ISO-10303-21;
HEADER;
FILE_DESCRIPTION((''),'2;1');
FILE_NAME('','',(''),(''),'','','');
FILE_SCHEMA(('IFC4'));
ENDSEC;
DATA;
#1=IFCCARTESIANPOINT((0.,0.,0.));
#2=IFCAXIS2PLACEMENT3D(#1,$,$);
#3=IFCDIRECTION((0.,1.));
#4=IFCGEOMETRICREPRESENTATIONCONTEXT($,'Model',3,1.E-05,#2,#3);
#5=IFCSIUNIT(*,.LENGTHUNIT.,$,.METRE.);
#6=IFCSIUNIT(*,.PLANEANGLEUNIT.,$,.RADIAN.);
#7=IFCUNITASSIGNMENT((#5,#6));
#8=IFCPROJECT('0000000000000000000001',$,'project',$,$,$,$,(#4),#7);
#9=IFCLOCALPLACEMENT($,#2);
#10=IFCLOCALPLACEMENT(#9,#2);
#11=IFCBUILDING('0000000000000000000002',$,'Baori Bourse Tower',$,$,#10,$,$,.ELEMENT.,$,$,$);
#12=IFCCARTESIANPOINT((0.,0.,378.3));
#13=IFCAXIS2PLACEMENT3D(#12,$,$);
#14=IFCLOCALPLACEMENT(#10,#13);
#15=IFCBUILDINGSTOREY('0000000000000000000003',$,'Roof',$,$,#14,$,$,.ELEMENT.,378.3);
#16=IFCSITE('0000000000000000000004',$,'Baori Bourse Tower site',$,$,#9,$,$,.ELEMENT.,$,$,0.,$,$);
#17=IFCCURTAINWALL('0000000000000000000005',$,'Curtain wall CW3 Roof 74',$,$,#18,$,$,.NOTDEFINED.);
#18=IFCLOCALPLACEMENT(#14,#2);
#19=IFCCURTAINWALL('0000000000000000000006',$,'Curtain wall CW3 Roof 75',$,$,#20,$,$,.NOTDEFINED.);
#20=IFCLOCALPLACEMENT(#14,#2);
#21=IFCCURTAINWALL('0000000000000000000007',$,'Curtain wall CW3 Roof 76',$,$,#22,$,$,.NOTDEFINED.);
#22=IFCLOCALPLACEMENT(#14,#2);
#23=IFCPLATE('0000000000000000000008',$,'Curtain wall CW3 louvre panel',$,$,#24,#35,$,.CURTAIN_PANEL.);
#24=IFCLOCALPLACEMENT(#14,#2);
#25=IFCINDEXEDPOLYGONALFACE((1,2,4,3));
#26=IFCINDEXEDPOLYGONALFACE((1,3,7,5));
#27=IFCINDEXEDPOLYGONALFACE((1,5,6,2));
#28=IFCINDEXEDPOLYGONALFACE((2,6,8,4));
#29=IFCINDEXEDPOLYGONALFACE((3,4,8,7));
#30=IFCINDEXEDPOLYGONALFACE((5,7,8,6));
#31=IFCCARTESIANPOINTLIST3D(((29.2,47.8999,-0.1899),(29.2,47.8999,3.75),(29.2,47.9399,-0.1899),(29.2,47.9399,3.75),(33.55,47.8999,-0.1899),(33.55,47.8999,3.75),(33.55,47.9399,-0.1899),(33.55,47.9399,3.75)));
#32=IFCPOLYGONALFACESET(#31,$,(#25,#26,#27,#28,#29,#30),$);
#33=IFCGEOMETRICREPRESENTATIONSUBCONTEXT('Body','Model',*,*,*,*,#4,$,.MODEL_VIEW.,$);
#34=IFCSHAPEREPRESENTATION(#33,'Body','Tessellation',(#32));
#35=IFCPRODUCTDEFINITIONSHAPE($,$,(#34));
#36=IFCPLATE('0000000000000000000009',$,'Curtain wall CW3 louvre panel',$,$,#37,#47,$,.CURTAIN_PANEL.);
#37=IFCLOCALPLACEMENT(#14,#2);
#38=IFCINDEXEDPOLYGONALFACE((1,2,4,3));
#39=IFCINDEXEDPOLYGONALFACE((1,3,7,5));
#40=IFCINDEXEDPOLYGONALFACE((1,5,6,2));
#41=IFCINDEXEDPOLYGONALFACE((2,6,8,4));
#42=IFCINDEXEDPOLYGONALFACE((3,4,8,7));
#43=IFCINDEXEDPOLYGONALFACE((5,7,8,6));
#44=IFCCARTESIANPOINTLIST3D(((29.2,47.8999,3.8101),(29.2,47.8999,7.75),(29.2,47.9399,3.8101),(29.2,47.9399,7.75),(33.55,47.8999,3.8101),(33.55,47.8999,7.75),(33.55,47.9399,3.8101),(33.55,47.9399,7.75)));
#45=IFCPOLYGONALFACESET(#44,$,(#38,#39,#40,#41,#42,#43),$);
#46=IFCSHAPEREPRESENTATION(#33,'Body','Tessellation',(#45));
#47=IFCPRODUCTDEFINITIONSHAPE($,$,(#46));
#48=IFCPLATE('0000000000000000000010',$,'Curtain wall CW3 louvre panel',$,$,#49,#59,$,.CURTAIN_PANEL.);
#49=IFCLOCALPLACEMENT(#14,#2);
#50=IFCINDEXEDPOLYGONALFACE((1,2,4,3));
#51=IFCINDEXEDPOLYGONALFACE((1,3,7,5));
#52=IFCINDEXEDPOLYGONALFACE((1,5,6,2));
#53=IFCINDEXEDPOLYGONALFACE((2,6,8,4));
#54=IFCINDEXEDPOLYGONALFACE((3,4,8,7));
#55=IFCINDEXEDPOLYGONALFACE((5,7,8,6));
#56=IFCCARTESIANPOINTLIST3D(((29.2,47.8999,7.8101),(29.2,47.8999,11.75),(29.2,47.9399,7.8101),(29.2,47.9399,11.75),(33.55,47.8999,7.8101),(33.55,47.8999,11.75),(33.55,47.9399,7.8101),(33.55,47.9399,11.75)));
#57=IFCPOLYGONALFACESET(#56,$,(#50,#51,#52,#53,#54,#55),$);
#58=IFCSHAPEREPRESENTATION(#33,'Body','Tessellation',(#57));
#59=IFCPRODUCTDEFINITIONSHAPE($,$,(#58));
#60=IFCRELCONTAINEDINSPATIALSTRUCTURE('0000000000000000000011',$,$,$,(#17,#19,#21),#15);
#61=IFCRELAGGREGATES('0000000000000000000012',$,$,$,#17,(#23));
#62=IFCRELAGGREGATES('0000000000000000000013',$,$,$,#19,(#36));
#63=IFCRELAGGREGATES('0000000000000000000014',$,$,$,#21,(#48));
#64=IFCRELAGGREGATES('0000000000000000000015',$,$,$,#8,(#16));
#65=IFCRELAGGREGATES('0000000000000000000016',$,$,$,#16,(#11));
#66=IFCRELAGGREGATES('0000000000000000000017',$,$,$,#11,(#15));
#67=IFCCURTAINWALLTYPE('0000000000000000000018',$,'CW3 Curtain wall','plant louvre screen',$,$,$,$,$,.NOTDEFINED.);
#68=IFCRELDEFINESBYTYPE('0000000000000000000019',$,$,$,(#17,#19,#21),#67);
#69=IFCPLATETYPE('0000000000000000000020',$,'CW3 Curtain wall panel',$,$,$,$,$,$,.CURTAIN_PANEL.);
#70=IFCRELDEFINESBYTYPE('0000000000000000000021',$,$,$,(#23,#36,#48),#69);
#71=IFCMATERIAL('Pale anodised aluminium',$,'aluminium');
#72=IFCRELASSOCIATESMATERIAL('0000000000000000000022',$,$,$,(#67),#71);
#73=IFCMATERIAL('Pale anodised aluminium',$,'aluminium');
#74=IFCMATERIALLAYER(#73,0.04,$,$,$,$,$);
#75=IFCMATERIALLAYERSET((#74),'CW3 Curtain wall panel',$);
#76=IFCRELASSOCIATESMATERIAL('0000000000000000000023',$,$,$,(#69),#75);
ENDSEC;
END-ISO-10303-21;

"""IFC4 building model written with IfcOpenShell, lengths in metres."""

from ifc_helpers import new_model, si_unit, direction, frame, origin, origin_2d, place, context, subcontext, project, spatial, rectangle, extrude, material, layer, layer_set, type_object, element, aggregate, save


model = new_model("IFC4")

# Units and contexts
model_context = context("Model", 3, precision=1e-05, world=origin(), true_north=direction((0.0, 1.0)))
body_context = subcontext(model_context, "Body", "Model", "MODEL_VIEW")
ifc_project = project(units=[si_unit("LENGTHUNIT", "METRE"), si_unit("PLANEANGLEUNIT", "RADIAN")], contexts=[model_context])

# Site, building, storey
site_placement = place(None, origin())
site = spatial("IfcSite", under=ifc_project, at=site_placement, Name="Baori Bourse Tower site", CompositionType="ELEMENT", RefElevation=0.0)
building_placement = place(site_placement, origin())
building = spatial("IfcBuilding", under=site, at=building_placement, Name="Baori Bourse Tower", CompositionType="ELEMENT")
storey_placement = place(building_placement, frame((0.0, 0.0, 378.3)))
storey = spatial("IfcBuildingStorey", under=building, at=storey_placement, Name="Roof", CompositionType="ELEMENT", Elevation=378.3)

# Curtain walls
ifc_material_1 = material(Name="Pale anodised aluminium", Category="aluminium")
curtain_wall_type = type_object("IfcCurtainWallType", Name="CW3 Curtain wall", Description="plant louvre screen", PredefinedType="NOTDEFINED", material=ifc_material_1)
curtain_wall_1_placement = place(storey_placement, origin())
curtain_wall_1 = element("IfcCurtainWall", 1, at=curtain_wall_1_placement, inside=storey, type_object=curtain_wall_type, Name="Curtain wall CW3 Roof 74", PredefinedType="NOTDEFINED")
curtain_wall_2_placement = place(storey_placement, origin())
curtain_wall_2 = element("IfcCurtainWall", 2, at=curtain_wall_2_placement, inside=storey, type_object=curtain_wall_type, Name="Curtain wall CW3 Roof 75", PredefinedType="NOTDEFINED")
curtain_wall_3_placement = place(storey_placement, origin())
curtain_wall_3 = element("IfcCurtainWall", 3, at=curtain_wall_3_placement, inside=storey, type_object=curtain_wall_type, Name="Curtain wall CW3 Roof 76", PredefinedType="NOTDEFINED")

# Shared definitions
ifc_material_2 = material(Name="Pale anodised aluminium", Category="aluminium")
ifc_layer = layer(ifc_material_2, 0.04)
ifc_layer_set = layer_set([ifc_layer], Name="CW3 Curtain wall panel")
plate_type = type_object("IfcPlateType", Name="CW3 Curtain wall panel", PredefinedType="CURTAIN_PANEL", material=ifc_layer_set)

# Plates
plate_1_placement = place(storey_placement, frame((31.375, 47.9199, -0.1899), z_axis=(0.0, 0.0, 1.0), x_axis=(-1.0, 0.0, 0.0)))
plate_1 = element("IfcPlate", 4, at=plate_1_placement, type_object=plate_type, Name="Curtain wall CW3 louvre panel", PredefinedType="CURTAIN_PANEL", context=body_context, shape_type="SweptSolid", body=[
    extrude(rectangle(XDim=4.3501, YDim=0.04, at=origin_2d()), origin(), (0.0, 0.0, 1.0), 3.9399),
])
aggregate(curtain_wall_1, [plate_1])
plate_2_placement = place(storey_placement, frame((31.375, 47.9199, 3.8101), z_axis=(0.0, 0.0, 1.0), x_axis=(-1.0, 0.0, 0.0)))
plate_2 = element("IfcPlate", 5, at=plate_2_placement, type_object=plate_type, Name="Curtain wall CW3 louvre panel", PredefinedType="CURTAIN_PANEL", context=body_context, shape_type="SweptSolid", body=[
    extrude(rectangle(XDim=4.3501, YDim=0.04, at=origin_2d()), origin(), (0.0, 0.0, 1.0), 3.9399),
])
aggregate(curtain_wall_2, [plate_2])
plate_3_placement = place(storey_placement, frame((31.375, 47.9199, 7.8101), z_axis=(0.0, 0.0, 1.0), x_axis=(-1.0, 0.0, 0.0)))
plate_3 = element("IfcPlate", 6, at=plate_3_placement, type_object=plate_type, Name="Curtain wall CW3 louvre panel", PredefinedType="CURTAIN_PANEL", context=body_context, shape_type="SweptSolid", body=[
    extrude(rectangle(XDim=4.3501, YDim=0.04, at=origin_2d()), origin(), (0.0, 0.0, 1.0), 3.9399),
])
aggregate(curtain_wall_3, [plate_3])

save(model, "model.ifc")
